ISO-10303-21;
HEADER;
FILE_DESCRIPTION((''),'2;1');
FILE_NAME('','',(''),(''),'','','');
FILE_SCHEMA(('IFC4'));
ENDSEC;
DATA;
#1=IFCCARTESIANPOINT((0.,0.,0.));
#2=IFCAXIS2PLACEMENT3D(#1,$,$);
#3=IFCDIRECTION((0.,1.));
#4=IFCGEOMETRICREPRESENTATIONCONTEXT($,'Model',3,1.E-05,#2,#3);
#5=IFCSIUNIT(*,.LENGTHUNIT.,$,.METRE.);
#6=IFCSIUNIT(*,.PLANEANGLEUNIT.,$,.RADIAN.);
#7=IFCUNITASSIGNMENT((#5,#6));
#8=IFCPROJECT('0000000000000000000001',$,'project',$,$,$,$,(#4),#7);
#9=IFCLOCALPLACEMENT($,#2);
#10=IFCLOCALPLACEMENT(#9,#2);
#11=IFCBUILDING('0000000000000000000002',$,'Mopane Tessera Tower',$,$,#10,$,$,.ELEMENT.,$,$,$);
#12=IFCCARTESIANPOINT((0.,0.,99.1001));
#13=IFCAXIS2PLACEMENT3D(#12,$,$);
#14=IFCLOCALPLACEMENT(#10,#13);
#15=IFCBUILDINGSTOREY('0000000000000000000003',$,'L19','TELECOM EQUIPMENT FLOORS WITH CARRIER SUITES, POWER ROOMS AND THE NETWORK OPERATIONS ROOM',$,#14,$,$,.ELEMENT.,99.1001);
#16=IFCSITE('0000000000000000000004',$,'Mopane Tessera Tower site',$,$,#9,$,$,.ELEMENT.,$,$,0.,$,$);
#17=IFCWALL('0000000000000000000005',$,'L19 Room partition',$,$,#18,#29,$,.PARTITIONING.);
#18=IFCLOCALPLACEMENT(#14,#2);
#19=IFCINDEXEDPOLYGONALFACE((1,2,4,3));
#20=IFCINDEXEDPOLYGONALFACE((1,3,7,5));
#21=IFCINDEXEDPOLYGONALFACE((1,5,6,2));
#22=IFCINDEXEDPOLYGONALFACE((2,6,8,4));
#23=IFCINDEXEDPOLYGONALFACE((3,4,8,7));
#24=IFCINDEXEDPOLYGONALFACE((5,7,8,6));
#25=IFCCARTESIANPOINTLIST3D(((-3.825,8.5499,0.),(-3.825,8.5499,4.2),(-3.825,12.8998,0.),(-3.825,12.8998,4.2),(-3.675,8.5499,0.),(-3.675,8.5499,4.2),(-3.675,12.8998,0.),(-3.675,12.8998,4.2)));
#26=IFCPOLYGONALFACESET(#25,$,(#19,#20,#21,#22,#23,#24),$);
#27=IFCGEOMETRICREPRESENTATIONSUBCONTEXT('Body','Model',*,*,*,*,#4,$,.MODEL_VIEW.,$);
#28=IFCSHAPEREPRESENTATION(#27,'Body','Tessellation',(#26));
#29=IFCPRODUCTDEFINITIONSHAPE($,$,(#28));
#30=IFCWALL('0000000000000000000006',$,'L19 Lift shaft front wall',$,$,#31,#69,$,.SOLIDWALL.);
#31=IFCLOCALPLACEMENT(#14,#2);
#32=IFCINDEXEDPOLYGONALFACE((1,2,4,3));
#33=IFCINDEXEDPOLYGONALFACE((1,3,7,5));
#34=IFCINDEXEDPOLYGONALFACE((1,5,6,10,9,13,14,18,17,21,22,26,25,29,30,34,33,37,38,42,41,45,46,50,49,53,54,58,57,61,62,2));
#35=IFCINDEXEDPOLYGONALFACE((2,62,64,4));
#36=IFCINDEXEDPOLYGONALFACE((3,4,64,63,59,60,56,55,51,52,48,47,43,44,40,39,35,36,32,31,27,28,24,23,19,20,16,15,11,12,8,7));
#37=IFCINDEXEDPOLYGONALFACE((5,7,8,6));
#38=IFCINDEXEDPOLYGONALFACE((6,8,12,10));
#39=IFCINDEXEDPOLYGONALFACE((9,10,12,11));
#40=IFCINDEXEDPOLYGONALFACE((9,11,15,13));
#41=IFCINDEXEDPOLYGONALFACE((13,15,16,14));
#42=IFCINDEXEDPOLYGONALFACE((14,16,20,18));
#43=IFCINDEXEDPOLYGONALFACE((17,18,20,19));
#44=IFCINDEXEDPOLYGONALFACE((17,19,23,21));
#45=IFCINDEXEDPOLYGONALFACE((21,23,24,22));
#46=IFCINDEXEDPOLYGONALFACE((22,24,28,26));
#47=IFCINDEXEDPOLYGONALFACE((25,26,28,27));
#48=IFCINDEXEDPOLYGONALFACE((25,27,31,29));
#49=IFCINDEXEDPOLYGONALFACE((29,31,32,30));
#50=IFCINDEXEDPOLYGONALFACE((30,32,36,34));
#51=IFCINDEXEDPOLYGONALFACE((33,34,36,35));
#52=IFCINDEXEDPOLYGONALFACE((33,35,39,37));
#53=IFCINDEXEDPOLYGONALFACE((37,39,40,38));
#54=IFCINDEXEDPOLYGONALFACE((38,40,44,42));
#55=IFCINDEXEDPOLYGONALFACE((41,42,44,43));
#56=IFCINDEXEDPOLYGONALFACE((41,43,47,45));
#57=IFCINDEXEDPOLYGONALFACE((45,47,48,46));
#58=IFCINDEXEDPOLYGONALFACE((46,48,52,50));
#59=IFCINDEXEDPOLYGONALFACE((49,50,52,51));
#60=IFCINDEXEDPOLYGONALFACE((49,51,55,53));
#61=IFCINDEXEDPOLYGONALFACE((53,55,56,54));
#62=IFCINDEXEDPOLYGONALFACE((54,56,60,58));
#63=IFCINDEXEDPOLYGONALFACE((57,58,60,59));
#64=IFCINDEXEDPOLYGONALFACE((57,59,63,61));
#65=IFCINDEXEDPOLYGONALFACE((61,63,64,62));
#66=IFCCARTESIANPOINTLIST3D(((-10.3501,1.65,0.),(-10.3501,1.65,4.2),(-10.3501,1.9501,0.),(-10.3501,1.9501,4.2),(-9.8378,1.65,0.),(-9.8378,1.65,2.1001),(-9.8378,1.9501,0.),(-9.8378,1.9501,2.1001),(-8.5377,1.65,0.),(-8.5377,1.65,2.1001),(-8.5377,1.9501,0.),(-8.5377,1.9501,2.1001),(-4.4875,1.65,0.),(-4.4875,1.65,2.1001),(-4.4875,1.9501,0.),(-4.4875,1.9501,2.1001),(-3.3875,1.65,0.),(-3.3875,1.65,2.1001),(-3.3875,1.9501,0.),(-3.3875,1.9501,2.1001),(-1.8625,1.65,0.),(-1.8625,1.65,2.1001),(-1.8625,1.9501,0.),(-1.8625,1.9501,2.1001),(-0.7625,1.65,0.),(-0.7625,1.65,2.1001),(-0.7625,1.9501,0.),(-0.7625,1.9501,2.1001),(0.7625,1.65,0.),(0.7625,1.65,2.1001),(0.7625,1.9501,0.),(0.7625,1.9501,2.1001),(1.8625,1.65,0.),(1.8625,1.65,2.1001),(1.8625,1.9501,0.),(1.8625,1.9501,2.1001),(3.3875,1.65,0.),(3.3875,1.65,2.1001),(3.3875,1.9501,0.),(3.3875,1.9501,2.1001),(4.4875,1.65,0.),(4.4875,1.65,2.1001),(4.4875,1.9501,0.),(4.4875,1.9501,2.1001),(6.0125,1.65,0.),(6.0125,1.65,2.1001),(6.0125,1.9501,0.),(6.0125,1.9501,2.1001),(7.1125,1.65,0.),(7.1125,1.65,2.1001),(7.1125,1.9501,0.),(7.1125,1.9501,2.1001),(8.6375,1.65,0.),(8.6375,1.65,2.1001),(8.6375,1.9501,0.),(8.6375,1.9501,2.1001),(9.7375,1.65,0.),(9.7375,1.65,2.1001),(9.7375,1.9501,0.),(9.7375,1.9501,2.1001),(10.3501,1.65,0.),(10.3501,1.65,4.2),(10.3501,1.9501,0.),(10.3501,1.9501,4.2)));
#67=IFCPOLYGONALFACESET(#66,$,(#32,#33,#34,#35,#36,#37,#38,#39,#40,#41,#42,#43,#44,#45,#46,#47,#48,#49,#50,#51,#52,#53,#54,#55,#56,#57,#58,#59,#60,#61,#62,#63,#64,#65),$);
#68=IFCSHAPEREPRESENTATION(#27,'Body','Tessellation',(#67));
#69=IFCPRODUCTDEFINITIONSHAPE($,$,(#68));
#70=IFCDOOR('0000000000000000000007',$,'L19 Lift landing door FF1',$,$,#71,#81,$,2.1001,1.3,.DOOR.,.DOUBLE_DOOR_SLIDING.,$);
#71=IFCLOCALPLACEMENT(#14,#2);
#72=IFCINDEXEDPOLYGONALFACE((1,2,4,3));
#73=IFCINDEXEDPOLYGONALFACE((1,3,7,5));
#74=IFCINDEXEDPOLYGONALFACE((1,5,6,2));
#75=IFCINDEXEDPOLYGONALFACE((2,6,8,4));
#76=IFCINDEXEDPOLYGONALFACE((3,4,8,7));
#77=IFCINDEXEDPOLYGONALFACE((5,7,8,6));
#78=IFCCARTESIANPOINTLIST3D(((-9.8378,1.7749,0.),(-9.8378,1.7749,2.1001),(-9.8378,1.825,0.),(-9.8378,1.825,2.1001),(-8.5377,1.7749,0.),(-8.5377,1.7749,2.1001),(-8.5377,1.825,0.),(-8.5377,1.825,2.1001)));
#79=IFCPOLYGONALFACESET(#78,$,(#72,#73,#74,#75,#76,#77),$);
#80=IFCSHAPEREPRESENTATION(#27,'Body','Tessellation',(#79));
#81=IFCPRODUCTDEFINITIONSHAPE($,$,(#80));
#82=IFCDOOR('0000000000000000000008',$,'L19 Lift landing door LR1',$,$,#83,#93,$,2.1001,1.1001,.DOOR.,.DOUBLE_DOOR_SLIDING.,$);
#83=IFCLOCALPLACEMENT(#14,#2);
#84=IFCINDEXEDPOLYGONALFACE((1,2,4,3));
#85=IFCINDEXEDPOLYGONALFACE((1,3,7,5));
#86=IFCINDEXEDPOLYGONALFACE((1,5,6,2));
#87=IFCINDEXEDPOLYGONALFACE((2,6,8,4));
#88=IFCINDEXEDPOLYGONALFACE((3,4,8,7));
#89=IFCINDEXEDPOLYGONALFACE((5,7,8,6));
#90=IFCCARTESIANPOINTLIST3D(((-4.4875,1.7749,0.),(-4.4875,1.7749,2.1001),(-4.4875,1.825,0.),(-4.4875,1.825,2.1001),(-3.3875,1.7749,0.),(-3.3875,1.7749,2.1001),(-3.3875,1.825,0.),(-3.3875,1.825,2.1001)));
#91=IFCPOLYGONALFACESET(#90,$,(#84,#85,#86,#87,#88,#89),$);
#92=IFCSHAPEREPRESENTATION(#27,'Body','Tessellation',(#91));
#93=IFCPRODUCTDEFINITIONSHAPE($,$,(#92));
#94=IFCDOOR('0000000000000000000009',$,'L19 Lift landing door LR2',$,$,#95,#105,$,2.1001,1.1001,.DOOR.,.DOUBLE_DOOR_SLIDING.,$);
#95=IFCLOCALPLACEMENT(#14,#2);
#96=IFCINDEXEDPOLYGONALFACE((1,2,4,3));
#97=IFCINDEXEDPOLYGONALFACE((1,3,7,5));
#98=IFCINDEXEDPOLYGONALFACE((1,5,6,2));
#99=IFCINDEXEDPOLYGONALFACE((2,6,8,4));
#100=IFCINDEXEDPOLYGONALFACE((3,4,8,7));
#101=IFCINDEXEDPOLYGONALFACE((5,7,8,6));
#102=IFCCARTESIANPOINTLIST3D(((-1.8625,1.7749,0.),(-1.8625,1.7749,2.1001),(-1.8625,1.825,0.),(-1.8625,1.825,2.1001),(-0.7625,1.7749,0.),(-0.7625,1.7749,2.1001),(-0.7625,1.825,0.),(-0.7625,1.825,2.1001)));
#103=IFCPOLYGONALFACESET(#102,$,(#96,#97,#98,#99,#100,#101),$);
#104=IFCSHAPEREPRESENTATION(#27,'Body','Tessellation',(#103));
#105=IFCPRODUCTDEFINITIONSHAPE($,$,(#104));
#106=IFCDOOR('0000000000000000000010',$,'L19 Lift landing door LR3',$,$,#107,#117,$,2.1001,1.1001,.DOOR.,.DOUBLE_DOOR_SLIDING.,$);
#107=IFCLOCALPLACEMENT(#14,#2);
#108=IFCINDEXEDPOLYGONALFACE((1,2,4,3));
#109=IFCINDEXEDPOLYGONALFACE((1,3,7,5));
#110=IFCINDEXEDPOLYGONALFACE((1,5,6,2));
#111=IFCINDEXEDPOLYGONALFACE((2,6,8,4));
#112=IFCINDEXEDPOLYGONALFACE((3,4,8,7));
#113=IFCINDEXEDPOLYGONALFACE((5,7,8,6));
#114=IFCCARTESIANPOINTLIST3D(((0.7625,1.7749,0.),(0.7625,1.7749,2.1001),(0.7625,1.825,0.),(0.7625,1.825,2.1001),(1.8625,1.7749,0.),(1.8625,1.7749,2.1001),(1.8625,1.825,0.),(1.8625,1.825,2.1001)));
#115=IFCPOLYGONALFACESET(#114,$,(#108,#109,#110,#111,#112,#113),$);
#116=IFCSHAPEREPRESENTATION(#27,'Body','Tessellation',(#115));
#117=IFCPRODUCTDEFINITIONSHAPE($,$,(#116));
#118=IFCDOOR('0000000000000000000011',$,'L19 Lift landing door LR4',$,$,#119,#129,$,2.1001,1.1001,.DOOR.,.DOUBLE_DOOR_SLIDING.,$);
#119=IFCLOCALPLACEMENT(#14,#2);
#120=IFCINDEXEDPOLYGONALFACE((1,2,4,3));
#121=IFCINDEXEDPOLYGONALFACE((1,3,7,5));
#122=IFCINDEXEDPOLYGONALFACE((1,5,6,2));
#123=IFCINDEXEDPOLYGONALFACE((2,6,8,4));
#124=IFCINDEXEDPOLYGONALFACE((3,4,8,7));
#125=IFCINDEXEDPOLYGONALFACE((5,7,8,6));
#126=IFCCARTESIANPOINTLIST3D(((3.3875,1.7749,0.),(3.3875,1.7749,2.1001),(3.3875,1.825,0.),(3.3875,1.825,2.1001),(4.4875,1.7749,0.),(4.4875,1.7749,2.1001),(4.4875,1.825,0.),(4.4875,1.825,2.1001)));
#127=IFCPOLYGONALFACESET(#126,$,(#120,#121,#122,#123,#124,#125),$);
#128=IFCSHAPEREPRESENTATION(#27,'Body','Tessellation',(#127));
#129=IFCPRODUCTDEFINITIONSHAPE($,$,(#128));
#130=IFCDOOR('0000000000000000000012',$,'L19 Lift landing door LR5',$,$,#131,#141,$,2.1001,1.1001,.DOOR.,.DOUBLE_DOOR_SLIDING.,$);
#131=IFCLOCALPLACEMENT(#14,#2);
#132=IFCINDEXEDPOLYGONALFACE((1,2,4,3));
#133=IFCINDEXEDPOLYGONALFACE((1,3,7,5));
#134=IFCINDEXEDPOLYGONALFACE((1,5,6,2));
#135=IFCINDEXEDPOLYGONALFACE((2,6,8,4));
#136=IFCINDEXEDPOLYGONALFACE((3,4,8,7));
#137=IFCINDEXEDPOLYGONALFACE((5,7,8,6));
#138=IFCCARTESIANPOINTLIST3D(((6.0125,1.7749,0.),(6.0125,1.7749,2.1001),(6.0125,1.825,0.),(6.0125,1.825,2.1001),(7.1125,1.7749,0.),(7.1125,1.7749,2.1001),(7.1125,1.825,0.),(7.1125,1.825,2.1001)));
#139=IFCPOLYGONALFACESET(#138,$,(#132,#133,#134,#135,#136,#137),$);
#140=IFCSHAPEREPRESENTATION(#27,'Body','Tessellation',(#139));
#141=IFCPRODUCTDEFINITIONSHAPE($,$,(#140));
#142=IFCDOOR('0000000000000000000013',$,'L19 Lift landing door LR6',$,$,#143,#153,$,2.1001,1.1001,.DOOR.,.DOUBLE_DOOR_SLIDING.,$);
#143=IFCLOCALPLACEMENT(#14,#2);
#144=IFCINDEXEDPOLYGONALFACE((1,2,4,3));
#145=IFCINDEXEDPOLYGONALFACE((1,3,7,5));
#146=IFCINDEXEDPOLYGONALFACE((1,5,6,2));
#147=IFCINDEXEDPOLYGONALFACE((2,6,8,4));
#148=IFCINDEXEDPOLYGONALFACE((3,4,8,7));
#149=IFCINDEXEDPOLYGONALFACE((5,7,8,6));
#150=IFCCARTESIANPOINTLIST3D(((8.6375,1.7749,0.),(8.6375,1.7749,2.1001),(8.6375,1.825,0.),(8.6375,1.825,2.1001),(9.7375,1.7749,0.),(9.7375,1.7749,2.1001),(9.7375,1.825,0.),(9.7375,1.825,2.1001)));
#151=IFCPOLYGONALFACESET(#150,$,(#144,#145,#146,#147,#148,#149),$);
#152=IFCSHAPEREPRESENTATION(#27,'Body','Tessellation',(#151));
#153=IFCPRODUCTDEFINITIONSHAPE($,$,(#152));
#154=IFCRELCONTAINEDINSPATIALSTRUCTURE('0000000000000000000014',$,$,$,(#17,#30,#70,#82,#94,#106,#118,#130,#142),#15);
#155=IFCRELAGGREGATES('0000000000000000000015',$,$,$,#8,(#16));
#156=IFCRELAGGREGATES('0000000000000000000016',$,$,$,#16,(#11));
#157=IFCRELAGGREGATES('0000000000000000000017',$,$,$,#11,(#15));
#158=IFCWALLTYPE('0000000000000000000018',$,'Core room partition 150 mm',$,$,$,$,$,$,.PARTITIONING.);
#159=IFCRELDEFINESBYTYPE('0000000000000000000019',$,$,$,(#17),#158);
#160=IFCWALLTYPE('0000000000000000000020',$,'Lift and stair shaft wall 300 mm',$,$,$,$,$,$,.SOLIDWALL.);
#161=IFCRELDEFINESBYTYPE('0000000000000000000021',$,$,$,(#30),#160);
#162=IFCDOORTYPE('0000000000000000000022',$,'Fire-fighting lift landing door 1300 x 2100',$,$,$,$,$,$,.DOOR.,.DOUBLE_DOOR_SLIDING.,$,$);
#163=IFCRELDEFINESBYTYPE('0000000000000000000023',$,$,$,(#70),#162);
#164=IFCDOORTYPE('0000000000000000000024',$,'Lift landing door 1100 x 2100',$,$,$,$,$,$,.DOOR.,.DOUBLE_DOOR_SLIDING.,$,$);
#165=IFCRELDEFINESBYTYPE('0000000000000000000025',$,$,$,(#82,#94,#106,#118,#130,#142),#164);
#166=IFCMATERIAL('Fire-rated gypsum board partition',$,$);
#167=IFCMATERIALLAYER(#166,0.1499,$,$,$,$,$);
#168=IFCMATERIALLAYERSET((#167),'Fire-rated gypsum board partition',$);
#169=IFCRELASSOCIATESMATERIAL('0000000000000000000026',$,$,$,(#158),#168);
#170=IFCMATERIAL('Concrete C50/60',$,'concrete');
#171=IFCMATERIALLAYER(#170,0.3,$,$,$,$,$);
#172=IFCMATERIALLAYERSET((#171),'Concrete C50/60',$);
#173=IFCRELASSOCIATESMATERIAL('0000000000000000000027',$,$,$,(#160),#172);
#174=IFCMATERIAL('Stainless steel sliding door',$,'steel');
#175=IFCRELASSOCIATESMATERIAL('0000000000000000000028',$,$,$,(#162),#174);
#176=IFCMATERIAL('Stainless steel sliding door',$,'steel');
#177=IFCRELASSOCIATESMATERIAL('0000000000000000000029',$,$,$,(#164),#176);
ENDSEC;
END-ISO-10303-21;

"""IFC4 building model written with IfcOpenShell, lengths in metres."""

from ifc_helpers import new_model, si_unit, direction, frame, frame_2d, origin, place, context, subcontext, project, spatial, rectangle, extrude, material, layer, layer_set, type_object, element, fill, save


model = new_model("IFC4")

# Units and contexts
model_context = context("Model", 3, precision=1e-05, world=origin(), true_north=direction((0.0, 1.0)))
body_context = subcontext(model_context, "Body", "Model", "MODEL_VIEW")
ifc_project = project(units=[si_unit("LENGTHUNIT", "METRE"), si_unit("PLANEANGLEUNIT", "RADIAN")], contexts=[model_context])

# Site, building, storey
site_placement = place(None, origin())
site = spatial("IfcSite", under=ifc_project, at=site_placement, Name="Mopane Tessera Tower site", CompositionType="ELEMENT", RefElevation=0.0)
building_placement = place(site_placement, origin())
building = spatial("IfcBuilding", under=site, at=building_placement, Name="Mopane Tessera Tower", CompositionType="ELEMENT")
storey_placement = place(building_placement, frame((0.0, 0.0, 99.1001)))
storey = spatial("IfcBuildingStorey", under=building, at=storey_placement, Name="L19", Description="TELECOM EQUIPMENT FLOORS WITH CARRIER SUITES, POWER ROOMS AND THE NETWORK OPERATIONS ROOM", CompositionType="ELEMENT", Elevation=99.1001)

# Wall
ifc_material_1 = material(Name="Fire-rated gypsum board partition")
ifc_layer_1 = layer(ifc_material_1, 0.1499)
ifc_layer_set_1 = layer_set([ifc_layer_1], Name="Fire-rated gypsum board partition")
wall_type_1 = type_object("IfcWallType", Name="Core room partition 150 mm", PredefinedType="PARTITIONING", material=ifc_layer_set_1)
wall_1_placement = place(storey_placement, frame((-3.75, 8.55, 0.0), z_axis=(0.0, 0.0, 1.0), x_axis=(0.0, 1.0, 0.0)))
element("IfcWall", 1, at=wall_1_placement, inside=storey, type_object=wall_type_1, Name="L19 Room partition", PredefinedType="PARTITIONING", context=body_context, shape_type="SweptSolid", body=[
    extrude(rectangle(XDim=4.3499, YDim=0.1499, at=frame_2d((2.1748, 0.0))), origin(), (0.0, 0.0, 1.0), 4.2),
])

# Wall, openings, doors
ifc_material_2 = material(Name="Concrete C50/60", Category="concrete")
ifc_layer_2 = layer(ifc_material_2, 0.3)
ifc_layer_set_2 = layer_set([ifc_layer_2], Name="Concrete C50/60")
wall_type_2 = type_object("IfcWallType", Name="Lift and stair shaft wall 300 mm", PredefinedType="SOLIDWALL", material=ifc_layer_set_2)
wall_2_placement = place(storey_placement, frame((-10.3501, 1.8, 0.0), z_axis=(0.0, 0.0, 1.0), x_axis=(1.0, 0.0, 0.0)))
wall_2 = element("IfcWall", 2, at=wall_2_placement, inside=storey, type_object=wall_type_2, Name="L19 Lift shaft front wall", PredefinedType="SOLIDWALL", context=body_context, shape_type="SweptSolid", body=[
    extrude(rectangle(XDim=20.7002, YDim=0.3, at=frame_2d((10.3501, 0.0))), origin(), (0.0, 0.0, 1.0), 4.2),
])
opening_1_placement = place(wall_2_placement, frame((0.5125, 0.0, 0.0)))
opening_1 = element("IfcOpeningElement", 3, at=opening_1_placement, cuts=wall_2, PredefinedType="OPENING", context=body_context, shape_type="SweptSolid", body=[
    extrude(rectangle(XDim=1.3, YDim=2.1001, at=frame_2d((0.6499, 1.05))), frame((0.0, 0.1621, 0.0), z_axis=(0.0, -1.0, 0.0), x_axis=(1.0, 0.0, 0.0)), (0.0, 0.0, 1.0), 0.324),
])
opening_2_placement = place(wall_2_placement, frame((5.8625, 0.0, 0.0)))
opening_2 = element("IfcOpeningElement", 4, at=opening_2_placement, cuts=wall_2, PredefinedType="OPENING", context=body_context, shape_type="SweptSolid", body=[
    extrude(rectangle(XDim=1.1001, YDim=2.1001, at=frame_2d((0.55, 1.05))), frame((0.0, 0.1621, 0.0), z_axis=(0.0, -1.0, 0.0), x_axis=(1.0, 0.0, 0.0)), (0.0, 0.0, 1.0), 0.324),
])
opening_3_placement = place(wall_2_placement, frame((8.4875, 0.0, 0.0)))
opening_3 = element("IfcOpeningElement", 5, at=opening_3_placement, cuts=wall_2, PredefinedType="OPENING", context=body_context, shape_type="SweptSolid", body=[
    extrude(rectangle(XDim=1.1001, YDim=2.1001, at=frame_2d((0.55, 1.05))), frame((0.0, 0.1621, 0.0), z_axis=(0.0, -1.0, 0.0), x_axis=(1.0, 0.0, 0.0)), (0.0, 0.0, 1.0), 0.324),
])
opening_4_placement = place(wall_2_placement, frame((11.1125, 0.0, 0.0)))
opening_4 = element("IfcOpeningElement", 6, at=opening_4_placement, cuts=wall_2, PredefinedType="OPENING", context=body_context, shape_type="SweptSolid", body=[
    extrude(rectangle(XDim=1.1001, YDim=2.1001, at=frame_2d((0.55, 1.05))), frame((0.0, 0.1621, 0.0), z_axis=(0.0, -1.0, 0.0), x_axis=(1.0, 0.0, 0.0)), (0.0, 0.0, 1.0), 0.324),
])
opening_5_placement = place(wall_2_placement, frame((13.7375, 0.0, 0.0)))
opening_5 = element("IfcOpeningElement", 7, at=opening_5_placement, cuts=wall_2, PredefinedType="OPENING", context=body_context, shape_type="SweptSolid", body=[
    extrude(rectangle(XDim=1.1001, YDim=2.1001, at=frame_2d((0.55, 1.05))), frame((0.0, 0.1621, 0.0), z_axis=(0.0, -1.0, 0.0), x_axis=(1.0, 0.0, 0.0)), (0.0, 0.0, 1.0), 0.324),
])
opening_6_placement = place(wall_2_placement, frame((16.3625, 0.0, 0.0)))
opening_6 = element("IfcOpeningElement", 8, at=opening_6_placement, cuts=wall_2, PredefinedType="OPENING", context=body_context, shape_type="SweptSolid", body=[
    extrude(rectangle(XDim=1.1001, YDim=2.1001, at=frame_2d((0.55, 1.05))), frame((0.0, 0.1621, 0.0), z_axis=(0.0, -1.0, 0.0), x_axis=(1.0, 0.0, 0.0)), (0.0, 0.0, 1.0), 0.324),
])
opening_7_placement = place(wall_2_placement, frame((18.9875, 0.0, 0.0)))
opening_7 = element("IfcOpeningElement", 9, at=opening_7_placement, cuts=wall_2, PredefinedType="OPENING", context=body_context, shape_type="SweptSolid", body=[
    extrude(rectangle(XDim=1.1001, YDim=2.1001, at=frame_2d((0.55, 1.05))), frame((0.0, 0.1621, 0.0), z_axis=(0.0, -1.0, 0.0), x_axis=(1.0, 0.0, 0.0)), (0.0, 0.0, 1.0), 0.324),
])
ifc_material_3 = material(Name="Stainless steel sliding door", Category="steel")
door_type_1 = type_object("IfcDoorType", Name="Fire-fighting lift landing door 1300 x 2100", OperationType="DOUBLE_DOOR_SLIDING", PredefinedType="DOOR", material=ifc_material_3)
door_1_placement = place(opening_1_placement, origin())
door_1 = element("IfcDoor", 10, at=door_1_placement, inside=storey, type_object=door_type_1, Name="L19 Lift landing door FF1", OperationType="DOUBLE_DOOR_SLIDING", OverallHeight=2.1001, OverallWidth=1.3, PredefinedType="DOOR", context=body_context, shape_type="SweptSolid", body=[
    extrude(rectangle(XDim=1.3, YDim=2.1001, at=frame_2d((0.6499, 1.05))), frame((0.0, 0.0249, 0.0), z_axis=(0.0, -1.0, 0.0), x_axis=(1.0, 0.0, 0.0)), (0.0, 0.0, 1.0), 0.05),
])
fill(opening_1, door_1)
ifc_material_4 = material(Name="Stainless steel sliding door", Category="steel")
door_type_2 = type_object("IfcDoorType", Name="Lift landing door 1100 x 2100", OperationType="DOUBLE_DOOR_SLIDING", PredefinedType="DOOR", material=ifc_material_4)
door_2_placement = place(opening_2_placement, origin())
door_2 = element("IfcDoor", 11, at=door_2_placement, inside=storey, type_object=door_type_2, Name="L19 Lift landing door LR1", OperationType="DOUBLE_DOOR_SLIDING", OverallHeight=2.1001, OverallWidth=1.1001, PredefinedType="DOOR", context=body_context, shape_type="SweptSolid", body=[
    extrude(rectangle(XDim=1.1001, YDim=2.1001, at=frame_2d((0.55, 1.05))), frame((0.0, 0.0249, 0.0), z_axis=(0.0, -1.0, 0.0), x_axis=(1.0, 0.0, 0.0)), (0.0, 0.0, 1.0), 0.05),
])
fill(opening_2, door_2)
door_3_placement = place(opening_3_placement, origin())
door_3 = element("IfcDoor", 12, at=door_3_placement, inside=storey, type_object=door_type_2, Name="L19 Lift landing door LR2", OperationType="DOUBLE_DOOR_SLIDING", OverallHeight=2.1001, OverallWidth=1.1001, PredefinedType="DOOR", context=body_context, shape_type="SweptSolid", body=[
    extrude(rectangle(XDim=1.1001, YDim=2.1001, at=frame_2d((0.55, 1.05))), frame((0.0, 0.0249, 0.0), z_axis=(0.0, -1.0, 0.0), x_axis=(1.0, 0.0, 0.0)), (0.0, 0.0, 1.0), 0.05),
])
fill(opening_3, door_3)
door_4_placement = place(opening_4_placement, origin())
door_4 = element("IfcDoor", 13, at=door_4_placement, inside=storey, type_object=door_type_2, Name="L19 Lift landing door LR3", OperationType="DOUBLE_DOOR_SLIDING", OverallHeight=2.1001, OverallWidth=1.1001, PredefinedType="DOOR", context=body_context, shape_type="SweptSolid", body=[
    extrude(rectangle(XDim=1.1001, YDim=2.1001, at=frame_2d((0.55, 1.05))), frame((0.0, 0.0249, 0.0), z_axis=(0.0, -1.0, 0.0), x_axis=(1.0, 0.0, 0.0)), (0.0, 0.0, 1.0), 0.05),
])
fill(opening_4, door_4)
door_5_placement = place(opening_5_placement, origin())
door_5 = element("IfcDoor", 14, at=door_5_placement, inside=storey, type_object=door_type_2, Name="L19 Lift landing door LR4", OperationType="DOUBLE_DOOR_SLIDING", OverallHeight=2.1001, OverallWidth=1.1001, PredefinedType="DOOR", context=body_context, shape_type="SweptSolid", body=[
    extrude(rectangle(XDim=1.1001, YDim=2.1001, at=frame_2d((0.55, 1.05))), frame((0.0, 0.0249, 0.0), z_axis=(0.0, -1.0, 0.0), x_axis=(1.0, 0.0, 0.0)), (0.0, 0.0, 1.0), 0.05),
])
fill(opening_5, door_5)
door_6_placement = place(opening_6_placement, origin())
door_6 = element("IfcDoor", 15, at=door_6_placement, inside=storey, type_object=door_type_2, Name="L19 Lift landing door LR5", OperationType="DOUBLE_DOOR_SLIDING", OverallHeight=2.1001, OverallWidth=1.1001, PredefinedType="DOOR", context=body_context, shape_type="SweptSolid", body=[
    extrude(rectangle(XDim=1.1001, YDim=2.1001, at=frame_2d((0.55, 1.05))), frame((0.0, 0.0249, 0.0), z_axis=(0.0, -1.0, 0.0), x_axis=(1.0, 0.0, 0.0)), (0.0, 0.0, 1.0), 0.05),
])
fill(opening_6, door_6)
door_7_placement = place(opening_7_placement, origin())
door_7 = element("IfcDoor", 16, at=door_7_placement, inside=storey, type_object=door_type_2, Name="L19 Lift landing door LR6", OperationType="DOUBLE_DOOR_SLIDING", OverallHeight=2.1001, OverallWidth=1.1001, PredefinedType="DOOR", context=body_context, shape_type="SweptSolid", body=[
    extrude(rectangle(XDim=1.1001, YDim=2.1001, at=frame_2d((0.55, 1.05))), frame((0.0, 0.0249, 0.0), z_axis=(0.0, -1.0, 0.0), x_axis=(1.0, 0.0, 0.0)), (0.0, 0.0, 1.0), 0.05),
])
fill(opening_7, door_7)

save(model, "model.ifc")
